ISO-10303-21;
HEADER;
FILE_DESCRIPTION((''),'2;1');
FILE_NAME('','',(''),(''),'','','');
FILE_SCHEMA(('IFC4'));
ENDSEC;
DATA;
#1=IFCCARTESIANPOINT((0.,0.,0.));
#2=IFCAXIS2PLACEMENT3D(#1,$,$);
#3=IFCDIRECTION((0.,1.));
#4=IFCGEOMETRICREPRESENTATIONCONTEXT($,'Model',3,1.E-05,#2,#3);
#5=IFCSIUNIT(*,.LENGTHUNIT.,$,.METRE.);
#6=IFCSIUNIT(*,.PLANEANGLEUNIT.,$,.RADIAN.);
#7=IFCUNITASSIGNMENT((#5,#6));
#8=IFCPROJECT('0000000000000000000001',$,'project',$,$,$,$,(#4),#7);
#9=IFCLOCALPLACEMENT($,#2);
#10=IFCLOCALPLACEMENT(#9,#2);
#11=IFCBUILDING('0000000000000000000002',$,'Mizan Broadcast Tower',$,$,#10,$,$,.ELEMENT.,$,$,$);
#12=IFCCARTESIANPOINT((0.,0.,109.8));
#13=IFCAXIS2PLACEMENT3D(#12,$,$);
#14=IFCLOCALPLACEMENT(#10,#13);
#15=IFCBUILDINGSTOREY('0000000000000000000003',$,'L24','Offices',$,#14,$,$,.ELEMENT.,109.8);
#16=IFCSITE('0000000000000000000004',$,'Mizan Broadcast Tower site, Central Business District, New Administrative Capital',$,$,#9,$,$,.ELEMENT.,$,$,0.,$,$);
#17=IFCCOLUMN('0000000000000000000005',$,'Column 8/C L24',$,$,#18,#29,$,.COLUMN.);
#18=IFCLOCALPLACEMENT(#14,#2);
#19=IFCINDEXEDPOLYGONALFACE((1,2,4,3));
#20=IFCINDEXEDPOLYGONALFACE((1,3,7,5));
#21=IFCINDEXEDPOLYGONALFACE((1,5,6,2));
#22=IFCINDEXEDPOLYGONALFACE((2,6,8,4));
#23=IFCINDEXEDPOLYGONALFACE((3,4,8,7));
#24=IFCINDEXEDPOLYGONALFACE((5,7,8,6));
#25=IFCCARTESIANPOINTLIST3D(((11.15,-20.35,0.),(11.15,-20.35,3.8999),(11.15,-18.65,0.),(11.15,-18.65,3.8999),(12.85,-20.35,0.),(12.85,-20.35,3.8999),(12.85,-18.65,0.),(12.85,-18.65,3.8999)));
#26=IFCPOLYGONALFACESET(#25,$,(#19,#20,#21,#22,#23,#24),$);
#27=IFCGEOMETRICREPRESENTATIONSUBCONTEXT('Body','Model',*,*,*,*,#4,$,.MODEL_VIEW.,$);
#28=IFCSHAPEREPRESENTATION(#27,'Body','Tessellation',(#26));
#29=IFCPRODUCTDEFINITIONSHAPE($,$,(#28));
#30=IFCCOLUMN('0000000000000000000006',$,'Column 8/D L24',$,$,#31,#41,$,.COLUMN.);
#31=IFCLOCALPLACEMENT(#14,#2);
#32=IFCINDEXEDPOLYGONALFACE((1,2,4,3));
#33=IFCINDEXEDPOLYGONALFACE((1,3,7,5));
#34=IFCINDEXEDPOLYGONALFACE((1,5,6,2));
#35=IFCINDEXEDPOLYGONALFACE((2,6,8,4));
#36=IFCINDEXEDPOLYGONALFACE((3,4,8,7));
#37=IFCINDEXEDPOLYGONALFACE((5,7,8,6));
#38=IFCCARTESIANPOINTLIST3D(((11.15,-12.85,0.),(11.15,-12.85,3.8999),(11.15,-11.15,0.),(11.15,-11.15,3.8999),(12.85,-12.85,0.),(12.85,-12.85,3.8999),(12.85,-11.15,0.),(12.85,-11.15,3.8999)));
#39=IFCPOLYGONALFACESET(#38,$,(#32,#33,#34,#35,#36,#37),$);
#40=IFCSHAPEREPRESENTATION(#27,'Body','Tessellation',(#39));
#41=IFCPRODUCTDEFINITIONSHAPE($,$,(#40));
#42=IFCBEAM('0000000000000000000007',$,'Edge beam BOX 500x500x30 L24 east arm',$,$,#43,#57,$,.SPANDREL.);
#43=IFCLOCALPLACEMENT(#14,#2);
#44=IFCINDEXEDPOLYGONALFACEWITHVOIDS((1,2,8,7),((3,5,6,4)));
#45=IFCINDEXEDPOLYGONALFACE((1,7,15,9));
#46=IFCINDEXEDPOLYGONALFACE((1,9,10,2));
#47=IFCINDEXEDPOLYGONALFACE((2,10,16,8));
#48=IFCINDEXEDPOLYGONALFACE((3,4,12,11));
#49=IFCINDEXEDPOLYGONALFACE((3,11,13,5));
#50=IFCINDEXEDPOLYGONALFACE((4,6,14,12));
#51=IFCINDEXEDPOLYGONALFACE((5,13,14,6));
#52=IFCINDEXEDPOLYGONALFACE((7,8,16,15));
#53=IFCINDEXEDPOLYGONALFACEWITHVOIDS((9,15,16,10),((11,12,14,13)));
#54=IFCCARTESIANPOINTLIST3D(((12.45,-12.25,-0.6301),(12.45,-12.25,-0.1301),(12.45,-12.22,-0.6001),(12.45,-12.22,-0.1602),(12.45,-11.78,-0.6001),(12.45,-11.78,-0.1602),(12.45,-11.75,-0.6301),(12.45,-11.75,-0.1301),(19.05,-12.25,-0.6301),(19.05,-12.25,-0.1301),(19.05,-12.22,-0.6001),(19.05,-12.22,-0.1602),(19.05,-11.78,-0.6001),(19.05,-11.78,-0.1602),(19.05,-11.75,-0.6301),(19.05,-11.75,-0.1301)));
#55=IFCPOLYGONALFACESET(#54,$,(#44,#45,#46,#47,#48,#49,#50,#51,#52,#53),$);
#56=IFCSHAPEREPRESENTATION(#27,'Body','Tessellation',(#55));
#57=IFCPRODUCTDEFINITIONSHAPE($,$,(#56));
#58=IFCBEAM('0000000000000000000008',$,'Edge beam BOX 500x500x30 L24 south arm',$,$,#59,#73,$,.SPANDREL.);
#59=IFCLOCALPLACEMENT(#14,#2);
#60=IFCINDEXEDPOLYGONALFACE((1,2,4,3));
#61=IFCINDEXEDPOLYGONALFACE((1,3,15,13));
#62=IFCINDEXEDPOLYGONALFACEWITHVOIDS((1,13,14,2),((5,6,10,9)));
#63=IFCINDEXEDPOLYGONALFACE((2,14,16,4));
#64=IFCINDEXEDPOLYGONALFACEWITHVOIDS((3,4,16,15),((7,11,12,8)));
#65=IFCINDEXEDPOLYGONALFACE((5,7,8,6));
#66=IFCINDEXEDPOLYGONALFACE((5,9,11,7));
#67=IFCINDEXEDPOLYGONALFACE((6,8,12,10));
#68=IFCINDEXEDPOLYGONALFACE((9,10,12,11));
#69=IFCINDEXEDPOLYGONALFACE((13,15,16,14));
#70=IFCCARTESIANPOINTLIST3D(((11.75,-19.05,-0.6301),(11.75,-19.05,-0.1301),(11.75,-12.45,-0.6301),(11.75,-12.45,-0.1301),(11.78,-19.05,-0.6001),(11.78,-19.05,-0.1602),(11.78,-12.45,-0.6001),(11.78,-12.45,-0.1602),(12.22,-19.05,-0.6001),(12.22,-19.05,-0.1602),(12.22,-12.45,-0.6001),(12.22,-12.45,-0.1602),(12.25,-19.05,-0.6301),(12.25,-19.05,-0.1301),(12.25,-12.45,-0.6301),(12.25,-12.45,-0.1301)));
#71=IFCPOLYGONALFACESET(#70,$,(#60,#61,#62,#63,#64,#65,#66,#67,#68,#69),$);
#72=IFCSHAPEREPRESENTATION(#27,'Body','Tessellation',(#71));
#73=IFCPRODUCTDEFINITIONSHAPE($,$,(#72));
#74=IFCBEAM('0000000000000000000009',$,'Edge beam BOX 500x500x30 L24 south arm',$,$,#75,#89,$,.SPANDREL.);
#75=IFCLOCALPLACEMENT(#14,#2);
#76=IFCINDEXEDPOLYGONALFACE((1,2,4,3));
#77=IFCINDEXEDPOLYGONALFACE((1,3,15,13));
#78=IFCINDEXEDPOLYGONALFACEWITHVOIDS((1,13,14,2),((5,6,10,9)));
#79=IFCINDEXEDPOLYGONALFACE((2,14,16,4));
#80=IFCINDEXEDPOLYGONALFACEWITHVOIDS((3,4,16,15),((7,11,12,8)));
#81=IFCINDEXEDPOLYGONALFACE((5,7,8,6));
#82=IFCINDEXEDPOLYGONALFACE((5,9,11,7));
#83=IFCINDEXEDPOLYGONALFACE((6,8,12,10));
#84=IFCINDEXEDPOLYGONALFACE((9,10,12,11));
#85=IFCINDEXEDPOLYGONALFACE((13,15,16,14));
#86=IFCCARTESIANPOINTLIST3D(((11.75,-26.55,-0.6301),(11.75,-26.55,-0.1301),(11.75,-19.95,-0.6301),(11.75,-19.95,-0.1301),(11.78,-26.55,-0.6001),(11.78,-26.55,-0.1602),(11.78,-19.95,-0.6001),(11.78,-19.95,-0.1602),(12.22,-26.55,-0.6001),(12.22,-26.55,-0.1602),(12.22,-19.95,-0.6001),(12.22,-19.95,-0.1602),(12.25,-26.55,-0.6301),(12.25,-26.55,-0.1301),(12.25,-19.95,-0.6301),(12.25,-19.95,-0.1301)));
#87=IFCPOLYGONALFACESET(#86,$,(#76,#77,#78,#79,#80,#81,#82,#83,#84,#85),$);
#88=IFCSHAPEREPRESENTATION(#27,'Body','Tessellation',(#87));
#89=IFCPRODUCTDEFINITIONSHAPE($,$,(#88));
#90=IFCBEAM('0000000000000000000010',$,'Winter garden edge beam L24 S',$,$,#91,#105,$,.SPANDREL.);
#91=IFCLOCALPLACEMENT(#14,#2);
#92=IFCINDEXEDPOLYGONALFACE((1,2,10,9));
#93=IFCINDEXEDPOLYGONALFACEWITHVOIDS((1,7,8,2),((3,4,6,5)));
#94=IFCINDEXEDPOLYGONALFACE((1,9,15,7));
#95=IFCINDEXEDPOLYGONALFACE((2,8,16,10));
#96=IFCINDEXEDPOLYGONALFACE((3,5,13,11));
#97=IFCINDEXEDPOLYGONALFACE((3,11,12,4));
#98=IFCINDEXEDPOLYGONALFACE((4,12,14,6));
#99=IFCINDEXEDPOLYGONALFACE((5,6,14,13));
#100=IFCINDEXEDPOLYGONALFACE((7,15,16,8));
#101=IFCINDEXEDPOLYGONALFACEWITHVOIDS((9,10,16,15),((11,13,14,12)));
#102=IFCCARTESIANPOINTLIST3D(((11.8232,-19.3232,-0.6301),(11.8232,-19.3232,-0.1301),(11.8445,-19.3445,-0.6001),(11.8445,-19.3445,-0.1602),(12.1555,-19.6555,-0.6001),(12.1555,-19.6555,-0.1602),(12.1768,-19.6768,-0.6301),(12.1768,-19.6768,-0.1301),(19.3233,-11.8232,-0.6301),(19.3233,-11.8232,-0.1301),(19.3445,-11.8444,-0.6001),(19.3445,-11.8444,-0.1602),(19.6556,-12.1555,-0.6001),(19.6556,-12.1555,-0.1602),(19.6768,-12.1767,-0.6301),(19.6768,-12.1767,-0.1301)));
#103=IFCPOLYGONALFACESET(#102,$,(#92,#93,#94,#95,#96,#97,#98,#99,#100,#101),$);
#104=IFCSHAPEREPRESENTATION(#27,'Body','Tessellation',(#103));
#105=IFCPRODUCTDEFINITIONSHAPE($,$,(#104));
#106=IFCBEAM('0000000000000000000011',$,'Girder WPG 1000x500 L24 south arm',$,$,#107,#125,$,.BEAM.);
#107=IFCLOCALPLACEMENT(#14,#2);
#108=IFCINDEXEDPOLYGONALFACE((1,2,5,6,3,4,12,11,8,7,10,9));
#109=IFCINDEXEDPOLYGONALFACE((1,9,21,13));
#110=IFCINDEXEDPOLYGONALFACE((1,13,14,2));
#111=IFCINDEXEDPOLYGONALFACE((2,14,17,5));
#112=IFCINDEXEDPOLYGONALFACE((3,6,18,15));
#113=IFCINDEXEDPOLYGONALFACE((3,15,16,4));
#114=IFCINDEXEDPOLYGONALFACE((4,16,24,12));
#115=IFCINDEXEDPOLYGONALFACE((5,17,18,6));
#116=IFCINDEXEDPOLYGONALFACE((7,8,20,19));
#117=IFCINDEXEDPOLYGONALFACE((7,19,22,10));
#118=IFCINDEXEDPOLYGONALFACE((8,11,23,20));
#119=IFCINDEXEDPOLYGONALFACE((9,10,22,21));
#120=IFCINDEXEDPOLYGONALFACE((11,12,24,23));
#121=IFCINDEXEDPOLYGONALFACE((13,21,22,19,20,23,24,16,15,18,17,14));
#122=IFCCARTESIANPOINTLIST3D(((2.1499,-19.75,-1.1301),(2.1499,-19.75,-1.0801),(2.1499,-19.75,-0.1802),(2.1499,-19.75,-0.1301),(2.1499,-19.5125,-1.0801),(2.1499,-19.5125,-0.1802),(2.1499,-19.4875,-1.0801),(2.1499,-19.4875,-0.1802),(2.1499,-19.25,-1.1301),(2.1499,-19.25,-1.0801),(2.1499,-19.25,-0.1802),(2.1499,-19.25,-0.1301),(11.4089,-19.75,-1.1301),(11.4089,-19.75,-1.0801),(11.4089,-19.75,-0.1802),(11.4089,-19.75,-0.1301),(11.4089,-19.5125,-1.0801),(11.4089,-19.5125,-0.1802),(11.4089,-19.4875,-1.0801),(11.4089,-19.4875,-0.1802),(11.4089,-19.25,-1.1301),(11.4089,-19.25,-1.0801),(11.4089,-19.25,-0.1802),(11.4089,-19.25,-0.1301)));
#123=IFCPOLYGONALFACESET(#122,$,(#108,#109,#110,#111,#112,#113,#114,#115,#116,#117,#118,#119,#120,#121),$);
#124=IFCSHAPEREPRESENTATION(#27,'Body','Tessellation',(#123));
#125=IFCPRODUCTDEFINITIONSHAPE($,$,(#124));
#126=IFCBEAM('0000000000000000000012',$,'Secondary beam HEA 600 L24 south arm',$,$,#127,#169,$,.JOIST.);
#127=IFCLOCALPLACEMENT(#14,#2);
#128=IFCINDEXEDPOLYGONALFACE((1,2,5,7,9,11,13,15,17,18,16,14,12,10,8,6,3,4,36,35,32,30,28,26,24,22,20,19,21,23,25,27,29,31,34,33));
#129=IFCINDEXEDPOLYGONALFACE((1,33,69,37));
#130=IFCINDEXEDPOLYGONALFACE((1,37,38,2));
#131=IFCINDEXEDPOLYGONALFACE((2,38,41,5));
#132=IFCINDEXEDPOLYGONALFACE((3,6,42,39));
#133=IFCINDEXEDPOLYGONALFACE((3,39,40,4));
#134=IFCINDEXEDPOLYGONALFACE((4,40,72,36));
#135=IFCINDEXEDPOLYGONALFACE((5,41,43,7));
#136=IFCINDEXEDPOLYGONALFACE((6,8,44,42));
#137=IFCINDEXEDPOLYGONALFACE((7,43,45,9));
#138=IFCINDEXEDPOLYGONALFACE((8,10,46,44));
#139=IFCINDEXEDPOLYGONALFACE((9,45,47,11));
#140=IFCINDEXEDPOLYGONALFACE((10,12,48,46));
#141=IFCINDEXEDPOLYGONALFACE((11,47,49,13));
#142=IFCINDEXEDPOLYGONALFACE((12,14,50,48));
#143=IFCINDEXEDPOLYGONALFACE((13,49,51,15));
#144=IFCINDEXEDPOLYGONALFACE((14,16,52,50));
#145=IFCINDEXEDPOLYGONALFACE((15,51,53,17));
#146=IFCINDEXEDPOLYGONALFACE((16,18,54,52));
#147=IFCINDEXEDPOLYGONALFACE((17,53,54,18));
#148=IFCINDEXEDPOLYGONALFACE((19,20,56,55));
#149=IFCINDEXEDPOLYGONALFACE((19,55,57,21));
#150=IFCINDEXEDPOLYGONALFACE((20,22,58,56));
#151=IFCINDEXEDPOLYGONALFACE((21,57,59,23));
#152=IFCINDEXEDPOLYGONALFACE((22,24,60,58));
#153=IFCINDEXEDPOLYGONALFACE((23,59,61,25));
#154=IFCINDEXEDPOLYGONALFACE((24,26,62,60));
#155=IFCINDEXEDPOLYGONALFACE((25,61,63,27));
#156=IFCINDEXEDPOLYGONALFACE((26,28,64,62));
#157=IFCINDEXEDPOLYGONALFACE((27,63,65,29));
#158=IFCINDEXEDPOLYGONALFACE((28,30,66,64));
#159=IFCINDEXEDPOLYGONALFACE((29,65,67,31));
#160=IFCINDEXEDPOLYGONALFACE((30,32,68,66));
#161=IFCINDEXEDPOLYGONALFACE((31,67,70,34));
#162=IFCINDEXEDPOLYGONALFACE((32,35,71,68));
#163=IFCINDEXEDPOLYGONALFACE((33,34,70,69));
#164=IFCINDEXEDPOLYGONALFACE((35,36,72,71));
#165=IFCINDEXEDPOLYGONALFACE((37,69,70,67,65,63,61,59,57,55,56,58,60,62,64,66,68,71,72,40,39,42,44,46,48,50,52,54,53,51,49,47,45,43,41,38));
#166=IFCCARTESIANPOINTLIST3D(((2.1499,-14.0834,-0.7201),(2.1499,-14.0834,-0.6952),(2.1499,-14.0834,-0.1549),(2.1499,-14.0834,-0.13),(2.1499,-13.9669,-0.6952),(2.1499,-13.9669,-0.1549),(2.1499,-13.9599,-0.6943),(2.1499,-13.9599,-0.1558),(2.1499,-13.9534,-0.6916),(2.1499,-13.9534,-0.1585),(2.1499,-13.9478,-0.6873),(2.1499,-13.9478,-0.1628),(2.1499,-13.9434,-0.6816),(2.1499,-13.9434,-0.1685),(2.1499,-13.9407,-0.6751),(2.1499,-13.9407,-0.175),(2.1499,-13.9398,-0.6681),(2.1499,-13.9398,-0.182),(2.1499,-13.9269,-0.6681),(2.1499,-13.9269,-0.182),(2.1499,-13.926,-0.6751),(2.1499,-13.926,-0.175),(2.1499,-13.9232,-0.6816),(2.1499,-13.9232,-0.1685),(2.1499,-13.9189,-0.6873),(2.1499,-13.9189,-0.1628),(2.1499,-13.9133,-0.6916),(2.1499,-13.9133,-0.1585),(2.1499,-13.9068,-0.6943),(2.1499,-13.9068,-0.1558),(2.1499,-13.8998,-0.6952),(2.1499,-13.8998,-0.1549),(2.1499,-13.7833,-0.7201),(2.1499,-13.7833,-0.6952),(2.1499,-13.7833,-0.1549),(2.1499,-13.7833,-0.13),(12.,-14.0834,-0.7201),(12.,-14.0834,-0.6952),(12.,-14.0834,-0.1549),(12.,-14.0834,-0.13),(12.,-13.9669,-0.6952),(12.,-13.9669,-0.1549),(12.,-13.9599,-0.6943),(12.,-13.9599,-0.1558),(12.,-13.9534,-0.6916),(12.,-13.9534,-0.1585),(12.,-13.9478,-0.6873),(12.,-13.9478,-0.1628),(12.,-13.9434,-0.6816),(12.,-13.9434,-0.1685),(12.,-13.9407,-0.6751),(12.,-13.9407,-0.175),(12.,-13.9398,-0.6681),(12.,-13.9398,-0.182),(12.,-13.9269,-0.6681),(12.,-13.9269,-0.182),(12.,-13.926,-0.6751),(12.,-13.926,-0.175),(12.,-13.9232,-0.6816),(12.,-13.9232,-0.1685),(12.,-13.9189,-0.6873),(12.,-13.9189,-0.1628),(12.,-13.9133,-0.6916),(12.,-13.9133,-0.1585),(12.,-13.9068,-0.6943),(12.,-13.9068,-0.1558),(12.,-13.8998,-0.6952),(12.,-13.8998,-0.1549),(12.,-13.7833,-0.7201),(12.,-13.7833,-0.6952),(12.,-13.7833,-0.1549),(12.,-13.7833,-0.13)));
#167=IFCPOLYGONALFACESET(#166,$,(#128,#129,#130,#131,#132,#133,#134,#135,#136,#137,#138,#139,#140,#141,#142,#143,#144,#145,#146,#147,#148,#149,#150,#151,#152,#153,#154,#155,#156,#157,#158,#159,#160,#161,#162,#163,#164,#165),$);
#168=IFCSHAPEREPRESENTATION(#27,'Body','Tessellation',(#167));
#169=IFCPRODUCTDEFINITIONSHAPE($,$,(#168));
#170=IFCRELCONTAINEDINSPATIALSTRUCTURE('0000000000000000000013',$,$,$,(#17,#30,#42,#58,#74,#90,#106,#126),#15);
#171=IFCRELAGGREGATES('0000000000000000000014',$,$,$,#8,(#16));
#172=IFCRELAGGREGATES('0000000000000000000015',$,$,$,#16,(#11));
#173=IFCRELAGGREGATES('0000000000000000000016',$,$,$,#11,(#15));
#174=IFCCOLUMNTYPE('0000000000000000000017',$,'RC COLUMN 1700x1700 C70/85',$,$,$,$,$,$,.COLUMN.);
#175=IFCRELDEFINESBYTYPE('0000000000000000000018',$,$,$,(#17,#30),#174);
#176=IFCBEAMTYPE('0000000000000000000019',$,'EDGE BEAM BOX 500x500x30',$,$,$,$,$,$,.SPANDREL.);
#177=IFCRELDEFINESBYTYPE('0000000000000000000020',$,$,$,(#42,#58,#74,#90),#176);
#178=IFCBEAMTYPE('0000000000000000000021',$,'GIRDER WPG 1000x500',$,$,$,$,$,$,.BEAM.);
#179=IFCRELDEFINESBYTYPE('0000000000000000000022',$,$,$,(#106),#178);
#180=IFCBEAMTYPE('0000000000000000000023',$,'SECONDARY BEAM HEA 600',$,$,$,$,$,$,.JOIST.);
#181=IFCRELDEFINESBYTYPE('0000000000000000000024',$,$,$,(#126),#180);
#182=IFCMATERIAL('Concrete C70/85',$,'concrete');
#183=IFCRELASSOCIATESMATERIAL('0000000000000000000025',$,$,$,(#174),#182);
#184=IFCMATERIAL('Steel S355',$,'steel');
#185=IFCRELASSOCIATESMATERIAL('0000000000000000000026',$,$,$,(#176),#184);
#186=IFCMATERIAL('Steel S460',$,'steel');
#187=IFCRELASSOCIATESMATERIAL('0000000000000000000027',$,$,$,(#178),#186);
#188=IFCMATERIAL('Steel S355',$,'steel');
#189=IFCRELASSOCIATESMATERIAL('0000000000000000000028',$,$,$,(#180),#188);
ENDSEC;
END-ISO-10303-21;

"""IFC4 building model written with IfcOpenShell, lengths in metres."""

from ifc_helpers import new_model, si_unit, direction, frame, origin, origin_2d, place, context, subcontext, project, spatial, rectangle, hollow_rectangle, i_section, extrude, material, material_profile, profile_set, type_object, element, save


model = new_model("IFC4")

# Units and contexts
model_context = context("Model", 3, precision=1e-05, world=origin(), true_north=direction((0.0, 1.0)))
body_context = subcontext(model_context, "Body", "Model", "MODEL_VIEW")
ifc_project = project(units=[si_unit("LENGTHUNIT", "METRE"), si_unit("PLANEANGLEUNIT", "RADIAN")], contexts=[model_context])

# Site, building, storey
site_placement = place(None, origin())
site = spatial("IfcSite", under=ifc_project, at=site_placement, Name="Mizan Broadcast Tower site, Central Business District, New Administrative Capital", CompositionType="ELEMENT", RefElevation=0.0)
building_placement = place(site_placement, origin())
building = spatial("IfcBuilding", under=site, at=building_placement, Name="Mizan Broadcast Tower", CompositionType="ELEMENT")
storey_placement = place(building_placement, frame((0.0, 0.0, 109.8)))
storey = spatial("IfcBuildingStorey", under=building, at=storey_placement, Name="L24", Description="Offices", CompositionType="ELEMENT", Elevation=109.8)

# Columns
ifc_material_1 = material(Name="Concrete C70/85", Category="concrete")
ifc_material_profile_1 = material_profile(ifc_material_1, rectangle(XDim=1.7, YDim=1.7, at=origin_2d()), Name="RC 1700x1700")
ifc_profile_set_1 = profile_set([ifc_material_profile_1], Name="Concrete C70/85")
column_type = type_object("IfcColumnType", Name="RC COLUMN 1700x1700 C70/85", PredefinedType="COLUMN", material=ifc_profile_set_1)
for number, where, z_axis, x_axis, name in (
    (1, (12.0, -19.5, 0.0), (0.0, 0.0, 1.0), (1.0, 0.0, 0.0), "Column 8/C L24"),
    (2, (12.0, -12.0, 0.0), (0.0, 0.0, 1.0), (1.0, 0.0, 0.0), "Column 8/D L24"),
):
    element("IfcColumn", number, at=place(storey_placement, frame(where, z_axis=z_axis, x_axis=x_axis)), inside=storey, type_object=column_type, Name=name, PredefinedType="COLUMN", context=body_context, shape_type="SweptSolid", body=[
        extrude(rectangle(XDim=1.7, YDim=1.7, at=origin_2d()), origin(), (0.0, 0.0, 1.0), 3.8999),
    ])

# Beams
ifc_material_2 = material(Name="Steel S355", Category="steel")
ifc_material_profile_2 = material_profile(ifc_material_2, hollow_rectangle(XDim=0.5, YDim=0.5, WallThickness=0.03, at=origin_2d()), Name="BOX 500x500x30")
ifc_profile_set_2 = profile_set([ifc_material_profile_2], Name="Steel S355")
beam_type_1 = type_object("IfcBeamType", Name="EDGE BEAM BOX 500x500x30", PredefinedType="SPANDREL", material=ifc_profile_set_2)
for number, where, z_axis, x_axis, name in (
    (3, (12.45, -12.0, -0.3801), (1.0, 0.0, 0.0), (0.0, 1.0, 0.0), "Edge beam BOX 500x500x30 L24 east arm"),
    (4, (12.0, -12.45, -0.3801), (0.0, -1.0, 0.0), (1.0, 0.0, 0.0), "Edge beam BOX 500x500x30 L24 south arm"),
    (5, (12.0, -19.95, -0.3801), (0.0, -1.0, 0.0), (1.0, 0.0, 0.0), "Edge beam BOX 500x500x30 L24 south arm"),
):
    element("IfcBeam", number, at=place(storey_placement, frame(where, z_axis=z_axis, x_axis=x_axis)), inside=storey, type_object=beam_type_1, Name=name, PredefinedType="SPANDREL", context=body_context, shape_type="SweptSolid", body=[
        extrude(hollow_rectangle(XDim=0.5, YDim=0.5, WallThickness=0.03, at=origin_2d()), origin(), (0.0, 0.0, 1.0), 6.6001),
    ])
beam_1_placement = place(storey_placement, frame((12.0, -19.5, -0.3801), z_axis=(0.707107, 0.707107, 0.0), x_axis=(-0.707107, 0.707107, 0.0)))
element("IfcBeam", 6, at=beam_1_placement, inside=storey, type_object=beam_type_1, Name="Winter garden edge beam L24 S", PredefinedType="SPANDREL", context=body_context, shape_type="SweptSolid", body=[
    extrude(hollow_rectangle(XDim=0.5, YDim=0.5, WallThickness=0.03, at=origin_2d()), origin(), (0.0, 0.0, 1.0), 10.6067),
])
ifc_material_3 = material(Name="Steel S460", Category="steel")
ifc_material_profile_3 = material_profile(ifc_material_3, i_section(OverallWidth=0.5, OverallDepth=1.0, WebThickness=0.0249, FlangeThickness=0.05, at=origin_2d()), Name="WPG 1000x500")
ifc_profile_set_3 = profile_set([ifc_material_profile_3], Name="Steel S460")
beam_type_2 = type_object("IfcBeamType", Name="GIRDER WPG 1000x500", PredefinedType="BEAM", material=ifc_profile_set_3)
beam_2_placement = place(storey_placement, frame((11.4089, -19.5, -0.6301), z_axis=(-1.0, 0.0, 0.0), x_axis=(0.0, -1.0, 0.0)))
element("IfcBeam", 7, at=beam_2_placement, inside=storey, type_object=beam_type_2, Name="Girder WPG 1000x500 L24 south arm", PredefinedType="BEAM", context=body_context, shape_type="SweptSolid", body=[
    extrude(i_section(OverallWidth=0.5, OverallDepth=1.0, WebThickness=0.0249, FlangeThickness=0.05, at=origin_2d()), origin(), (0.0, 0.0, 1.0), 9.259),
])
ifc_material_4 = material(Name="Steel S355", Category="steel")
ifc_material_profile_4 = material_profile(ifc_material_4, i_section(OverallWidth=0.3, OverallDepth=0.5901, WebThickness=0.0129, FlangeThickness=0.0249, FilletRadius=0.0271, at=origin_2d()), Name="HEA 600")
ifc_profile_set_4 = profile_set([ifc_material_profile_4], Name="Steel S355")
beam_type_3 = type_object("IfcBeamType", Name="SECONDARY BEAM HEA 600", PredefinedType="JOIST", material=ifc_profile_set_4)
for number, where, z_axis, x_axis, name in (
    (8, (12.0, -13.9333, -0.425), (-1.0, 0.0, 0.0), (0.0, -1.0, 0.0), "Secondary beam HEA 600 L24 south arm"),
):
    element("IfcBeam", number, at=place(storey_placement, frame(where, z_axis=z_axis, x_axis=x_axis)), inside=storey, type_object=beam_type_3, Name=name, PredefinedType="JOIST", context=body_context, shape_type="SweptSolid", body=[
        extrude(i_section(OverallWidth=0.3, OverallDepth=0.5901, WebThickness=0.0129, FlangeThickness=0.0249, FilletRadius=0.0271, at=origin_2d()), origin(), (0.0, 0.0, 1.0), 9.8501),
    ])

save(model, "model.ifc")
